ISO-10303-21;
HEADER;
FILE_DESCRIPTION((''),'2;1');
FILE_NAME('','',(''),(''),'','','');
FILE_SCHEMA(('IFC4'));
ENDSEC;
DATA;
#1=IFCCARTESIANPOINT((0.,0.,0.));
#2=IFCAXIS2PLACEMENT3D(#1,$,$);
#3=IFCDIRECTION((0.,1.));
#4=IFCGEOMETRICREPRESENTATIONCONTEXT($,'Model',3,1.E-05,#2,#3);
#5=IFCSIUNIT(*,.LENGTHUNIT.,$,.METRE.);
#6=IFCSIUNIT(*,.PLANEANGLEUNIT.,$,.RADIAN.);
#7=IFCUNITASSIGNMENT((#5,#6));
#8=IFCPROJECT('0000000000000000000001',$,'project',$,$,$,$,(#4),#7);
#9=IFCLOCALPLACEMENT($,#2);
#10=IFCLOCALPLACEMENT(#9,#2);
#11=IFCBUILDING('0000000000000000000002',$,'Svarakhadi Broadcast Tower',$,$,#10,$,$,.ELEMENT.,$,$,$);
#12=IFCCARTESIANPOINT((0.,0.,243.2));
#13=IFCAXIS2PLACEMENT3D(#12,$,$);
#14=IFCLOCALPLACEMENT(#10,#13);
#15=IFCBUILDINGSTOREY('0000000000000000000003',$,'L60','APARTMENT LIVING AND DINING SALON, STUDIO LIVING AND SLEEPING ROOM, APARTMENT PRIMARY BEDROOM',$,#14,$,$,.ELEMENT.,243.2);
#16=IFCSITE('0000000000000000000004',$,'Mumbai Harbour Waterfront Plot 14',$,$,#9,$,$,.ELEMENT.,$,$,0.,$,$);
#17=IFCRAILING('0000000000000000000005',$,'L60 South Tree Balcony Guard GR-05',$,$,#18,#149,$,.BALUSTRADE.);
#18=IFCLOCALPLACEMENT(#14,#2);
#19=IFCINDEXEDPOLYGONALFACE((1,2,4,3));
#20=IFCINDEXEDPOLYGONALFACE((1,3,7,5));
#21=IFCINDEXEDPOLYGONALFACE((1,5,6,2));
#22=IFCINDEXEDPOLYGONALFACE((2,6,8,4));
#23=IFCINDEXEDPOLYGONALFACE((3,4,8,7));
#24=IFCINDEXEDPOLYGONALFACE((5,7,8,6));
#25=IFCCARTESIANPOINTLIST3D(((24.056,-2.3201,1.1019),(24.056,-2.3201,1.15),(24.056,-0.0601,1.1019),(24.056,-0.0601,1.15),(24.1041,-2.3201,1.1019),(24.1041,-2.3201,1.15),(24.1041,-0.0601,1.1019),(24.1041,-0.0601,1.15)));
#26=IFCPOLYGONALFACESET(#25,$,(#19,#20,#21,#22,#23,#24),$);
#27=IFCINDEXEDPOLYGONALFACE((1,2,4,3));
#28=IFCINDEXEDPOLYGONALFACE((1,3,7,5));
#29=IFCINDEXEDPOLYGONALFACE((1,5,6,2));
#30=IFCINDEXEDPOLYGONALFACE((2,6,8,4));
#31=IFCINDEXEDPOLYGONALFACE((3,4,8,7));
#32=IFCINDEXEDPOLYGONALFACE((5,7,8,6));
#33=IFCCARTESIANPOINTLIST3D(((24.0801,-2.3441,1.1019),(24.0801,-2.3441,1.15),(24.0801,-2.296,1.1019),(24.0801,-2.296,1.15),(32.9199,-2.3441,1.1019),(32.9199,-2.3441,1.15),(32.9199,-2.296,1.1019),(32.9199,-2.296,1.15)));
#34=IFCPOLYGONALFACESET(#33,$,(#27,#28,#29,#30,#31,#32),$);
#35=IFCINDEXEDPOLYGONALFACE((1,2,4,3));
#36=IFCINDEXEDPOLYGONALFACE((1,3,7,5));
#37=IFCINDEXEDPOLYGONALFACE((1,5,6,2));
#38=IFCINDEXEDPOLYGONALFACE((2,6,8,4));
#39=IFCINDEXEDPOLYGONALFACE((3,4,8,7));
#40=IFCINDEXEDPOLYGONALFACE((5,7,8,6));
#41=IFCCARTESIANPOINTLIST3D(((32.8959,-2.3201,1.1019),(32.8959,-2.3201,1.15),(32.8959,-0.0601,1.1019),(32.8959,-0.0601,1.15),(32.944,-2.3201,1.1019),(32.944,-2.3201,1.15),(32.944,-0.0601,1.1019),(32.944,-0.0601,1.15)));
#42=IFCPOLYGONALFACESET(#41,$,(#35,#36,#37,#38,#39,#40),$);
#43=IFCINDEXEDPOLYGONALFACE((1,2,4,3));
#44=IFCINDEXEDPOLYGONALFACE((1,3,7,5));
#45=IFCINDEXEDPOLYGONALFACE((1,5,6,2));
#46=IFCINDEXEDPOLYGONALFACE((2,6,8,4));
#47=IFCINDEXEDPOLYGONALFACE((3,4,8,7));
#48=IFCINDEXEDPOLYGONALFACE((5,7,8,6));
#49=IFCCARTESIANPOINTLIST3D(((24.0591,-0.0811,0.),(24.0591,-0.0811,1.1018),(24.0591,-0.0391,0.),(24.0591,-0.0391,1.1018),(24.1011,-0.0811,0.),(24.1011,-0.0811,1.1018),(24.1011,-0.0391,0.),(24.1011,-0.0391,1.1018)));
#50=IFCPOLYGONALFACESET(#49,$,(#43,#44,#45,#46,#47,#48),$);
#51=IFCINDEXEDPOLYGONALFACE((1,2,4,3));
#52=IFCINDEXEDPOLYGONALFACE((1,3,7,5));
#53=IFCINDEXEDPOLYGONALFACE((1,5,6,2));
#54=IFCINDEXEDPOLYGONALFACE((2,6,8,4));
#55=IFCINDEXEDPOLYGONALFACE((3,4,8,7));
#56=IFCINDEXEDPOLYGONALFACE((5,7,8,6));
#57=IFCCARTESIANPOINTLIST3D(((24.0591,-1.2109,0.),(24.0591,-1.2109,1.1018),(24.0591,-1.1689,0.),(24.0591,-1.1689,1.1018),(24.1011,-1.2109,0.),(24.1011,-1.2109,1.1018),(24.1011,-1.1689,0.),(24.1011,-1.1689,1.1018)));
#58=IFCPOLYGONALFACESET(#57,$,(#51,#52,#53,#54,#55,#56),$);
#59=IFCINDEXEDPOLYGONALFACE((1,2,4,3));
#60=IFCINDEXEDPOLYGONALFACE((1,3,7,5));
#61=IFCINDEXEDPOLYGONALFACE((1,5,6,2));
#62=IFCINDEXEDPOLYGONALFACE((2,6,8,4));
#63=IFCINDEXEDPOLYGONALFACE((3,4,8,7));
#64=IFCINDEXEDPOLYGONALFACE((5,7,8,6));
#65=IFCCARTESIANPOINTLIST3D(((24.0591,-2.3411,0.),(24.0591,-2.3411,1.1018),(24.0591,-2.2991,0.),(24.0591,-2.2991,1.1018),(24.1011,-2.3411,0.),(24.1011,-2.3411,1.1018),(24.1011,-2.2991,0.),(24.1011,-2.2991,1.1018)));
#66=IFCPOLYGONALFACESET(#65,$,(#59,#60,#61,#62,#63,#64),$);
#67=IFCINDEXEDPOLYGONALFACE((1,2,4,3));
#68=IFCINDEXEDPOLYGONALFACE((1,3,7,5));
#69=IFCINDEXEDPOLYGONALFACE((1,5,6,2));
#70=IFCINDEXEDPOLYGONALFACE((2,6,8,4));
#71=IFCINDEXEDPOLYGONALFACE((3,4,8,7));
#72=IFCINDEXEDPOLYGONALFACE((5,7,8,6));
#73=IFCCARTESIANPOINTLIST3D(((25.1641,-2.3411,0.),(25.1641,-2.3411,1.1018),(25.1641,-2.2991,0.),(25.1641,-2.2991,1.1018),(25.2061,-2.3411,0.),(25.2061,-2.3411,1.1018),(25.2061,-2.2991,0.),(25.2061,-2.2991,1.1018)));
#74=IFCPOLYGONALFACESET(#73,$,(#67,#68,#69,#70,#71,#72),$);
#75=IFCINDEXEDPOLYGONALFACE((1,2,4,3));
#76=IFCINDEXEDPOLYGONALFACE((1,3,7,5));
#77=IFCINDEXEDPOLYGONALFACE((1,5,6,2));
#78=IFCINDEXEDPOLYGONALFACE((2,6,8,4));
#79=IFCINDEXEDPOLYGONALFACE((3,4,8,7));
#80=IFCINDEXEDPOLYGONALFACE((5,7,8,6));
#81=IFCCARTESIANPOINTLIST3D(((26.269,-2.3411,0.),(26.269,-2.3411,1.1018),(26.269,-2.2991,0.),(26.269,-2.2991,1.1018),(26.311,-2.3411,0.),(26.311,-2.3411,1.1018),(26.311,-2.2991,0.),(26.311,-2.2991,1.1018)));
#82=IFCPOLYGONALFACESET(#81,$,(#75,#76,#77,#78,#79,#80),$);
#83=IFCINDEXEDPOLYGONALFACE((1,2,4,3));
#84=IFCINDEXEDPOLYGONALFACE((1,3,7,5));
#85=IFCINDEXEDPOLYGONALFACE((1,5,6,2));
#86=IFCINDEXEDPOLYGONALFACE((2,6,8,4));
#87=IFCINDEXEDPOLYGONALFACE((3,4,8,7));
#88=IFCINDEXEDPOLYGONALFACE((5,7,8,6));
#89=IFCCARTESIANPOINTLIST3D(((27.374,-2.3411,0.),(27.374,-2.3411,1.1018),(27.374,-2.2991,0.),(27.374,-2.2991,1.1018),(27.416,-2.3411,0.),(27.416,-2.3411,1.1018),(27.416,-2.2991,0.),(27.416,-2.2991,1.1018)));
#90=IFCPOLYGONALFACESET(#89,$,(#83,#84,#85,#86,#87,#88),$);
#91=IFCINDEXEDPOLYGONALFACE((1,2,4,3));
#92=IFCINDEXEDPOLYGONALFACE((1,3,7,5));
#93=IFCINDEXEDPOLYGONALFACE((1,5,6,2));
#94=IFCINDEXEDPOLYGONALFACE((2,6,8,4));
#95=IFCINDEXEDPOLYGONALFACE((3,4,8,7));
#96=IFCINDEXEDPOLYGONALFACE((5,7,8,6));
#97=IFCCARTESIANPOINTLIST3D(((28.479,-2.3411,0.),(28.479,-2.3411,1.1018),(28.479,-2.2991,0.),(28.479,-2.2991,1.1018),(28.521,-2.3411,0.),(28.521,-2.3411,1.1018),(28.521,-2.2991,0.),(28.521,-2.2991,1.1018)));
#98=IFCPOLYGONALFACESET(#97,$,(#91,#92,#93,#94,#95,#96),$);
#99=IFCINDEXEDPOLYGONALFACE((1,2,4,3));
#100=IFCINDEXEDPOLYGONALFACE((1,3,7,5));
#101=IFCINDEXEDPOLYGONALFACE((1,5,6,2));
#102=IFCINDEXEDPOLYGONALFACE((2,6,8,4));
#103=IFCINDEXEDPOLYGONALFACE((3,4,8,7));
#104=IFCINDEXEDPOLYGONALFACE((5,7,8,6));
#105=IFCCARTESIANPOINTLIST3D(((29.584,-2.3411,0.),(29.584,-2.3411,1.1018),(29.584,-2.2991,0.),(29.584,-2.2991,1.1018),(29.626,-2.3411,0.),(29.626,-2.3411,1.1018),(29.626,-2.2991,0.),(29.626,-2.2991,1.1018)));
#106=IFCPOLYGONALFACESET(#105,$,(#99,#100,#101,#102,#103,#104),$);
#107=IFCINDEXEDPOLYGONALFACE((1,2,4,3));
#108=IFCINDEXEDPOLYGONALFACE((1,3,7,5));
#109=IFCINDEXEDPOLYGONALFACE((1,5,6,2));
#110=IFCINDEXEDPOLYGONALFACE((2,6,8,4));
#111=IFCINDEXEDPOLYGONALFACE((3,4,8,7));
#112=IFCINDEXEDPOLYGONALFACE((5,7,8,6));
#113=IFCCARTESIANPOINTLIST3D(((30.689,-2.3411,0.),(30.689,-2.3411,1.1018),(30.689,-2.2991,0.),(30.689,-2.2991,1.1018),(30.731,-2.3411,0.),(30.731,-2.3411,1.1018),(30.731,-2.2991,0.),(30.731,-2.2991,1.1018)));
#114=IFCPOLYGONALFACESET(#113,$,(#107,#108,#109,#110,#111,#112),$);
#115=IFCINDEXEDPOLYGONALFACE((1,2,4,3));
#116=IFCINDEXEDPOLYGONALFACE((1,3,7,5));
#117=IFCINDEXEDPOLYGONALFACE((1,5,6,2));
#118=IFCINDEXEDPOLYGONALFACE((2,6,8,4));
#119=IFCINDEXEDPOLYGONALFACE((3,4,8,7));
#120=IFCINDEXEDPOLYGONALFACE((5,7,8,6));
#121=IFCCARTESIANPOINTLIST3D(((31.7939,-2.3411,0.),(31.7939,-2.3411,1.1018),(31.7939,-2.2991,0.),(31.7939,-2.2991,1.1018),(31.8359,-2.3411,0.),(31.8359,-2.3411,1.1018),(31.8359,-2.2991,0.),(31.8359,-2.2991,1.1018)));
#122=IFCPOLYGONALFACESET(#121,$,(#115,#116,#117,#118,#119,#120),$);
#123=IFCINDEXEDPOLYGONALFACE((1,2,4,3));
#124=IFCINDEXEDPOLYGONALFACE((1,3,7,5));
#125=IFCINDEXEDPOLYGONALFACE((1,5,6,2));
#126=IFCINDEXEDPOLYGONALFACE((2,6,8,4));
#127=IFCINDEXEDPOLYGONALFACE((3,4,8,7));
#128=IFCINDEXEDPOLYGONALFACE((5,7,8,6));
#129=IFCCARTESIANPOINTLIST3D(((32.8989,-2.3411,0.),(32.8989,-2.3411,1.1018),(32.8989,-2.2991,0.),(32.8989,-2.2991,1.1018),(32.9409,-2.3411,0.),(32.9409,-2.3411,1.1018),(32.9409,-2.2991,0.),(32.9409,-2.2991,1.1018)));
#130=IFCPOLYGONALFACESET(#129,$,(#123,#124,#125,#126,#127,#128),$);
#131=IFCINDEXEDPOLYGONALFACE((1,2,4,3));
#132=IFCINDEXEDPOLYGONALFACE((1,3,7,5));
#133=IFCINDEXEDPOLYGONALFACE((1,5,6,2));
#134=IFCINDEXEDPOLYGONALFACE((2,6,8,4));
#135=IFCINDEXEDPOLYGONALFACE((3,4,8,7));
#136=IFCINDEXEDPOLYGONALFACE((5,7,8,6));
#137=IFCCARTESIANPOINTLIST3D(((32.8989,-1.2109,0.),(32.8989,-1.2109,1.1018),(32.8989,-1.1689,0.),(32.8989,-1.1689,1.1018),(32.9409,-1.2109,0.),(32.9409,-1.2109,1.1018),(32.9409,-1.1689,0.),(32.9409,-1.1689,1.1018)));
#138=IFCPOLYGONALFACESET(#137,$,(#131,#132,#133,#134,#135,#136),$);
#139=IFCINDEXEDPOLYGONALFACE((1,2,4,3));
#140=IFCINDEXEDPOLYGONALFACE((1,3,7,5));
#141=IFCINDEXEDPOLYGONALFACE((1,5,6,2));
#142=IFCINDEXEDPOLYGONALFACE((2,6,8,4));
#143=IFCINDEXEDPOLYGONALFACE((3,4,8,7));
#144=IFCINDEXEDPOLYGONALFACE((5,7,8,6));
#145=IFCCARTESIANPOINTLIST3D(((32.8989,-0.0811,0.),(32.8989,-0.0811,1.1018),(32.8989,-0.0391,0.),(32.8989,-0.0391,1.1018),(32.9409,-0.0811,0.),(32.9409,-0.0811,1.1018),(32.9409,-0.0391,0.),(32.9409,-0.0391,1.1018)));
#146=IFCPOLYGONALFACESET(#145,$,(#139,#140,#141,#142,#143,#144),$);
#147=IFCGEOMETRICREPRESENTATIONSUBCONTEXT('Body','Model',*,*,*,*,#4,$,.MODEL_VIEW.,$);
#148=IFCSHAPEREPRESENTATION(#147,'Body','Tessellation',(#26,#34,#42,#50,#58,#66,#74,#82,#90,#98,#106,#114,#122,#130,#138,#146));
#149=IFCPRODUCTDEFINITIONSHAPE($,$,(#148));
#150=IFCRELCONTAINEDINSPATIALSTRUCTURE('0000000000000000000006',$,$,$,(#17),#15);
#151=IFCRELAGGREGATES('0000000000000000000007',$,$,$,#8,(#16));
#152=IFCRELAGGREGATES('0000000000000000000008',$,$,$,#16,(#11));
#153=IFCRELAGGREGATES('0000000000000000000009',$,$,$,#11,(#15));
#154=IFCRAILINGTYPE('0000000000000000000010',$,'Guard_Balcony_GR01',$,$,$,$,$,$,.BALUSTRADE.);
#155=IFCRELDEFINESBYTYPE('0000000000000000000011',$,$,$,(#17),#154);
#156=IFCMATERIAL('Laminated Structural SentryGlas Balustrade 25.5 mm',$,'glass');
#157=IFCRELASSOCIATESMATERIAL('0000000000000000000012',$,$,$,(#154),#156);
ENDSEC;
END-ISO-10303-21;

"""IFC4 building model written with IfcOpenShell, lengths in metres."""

from ifc_helpers import new_model, si_unit, direction, frame, origin, origin_2d, place, context, subcontext, project, spatial, rectangle, extrude, material, type_object, element, save


model = new_model("IFC4")

# Units and contexts
model_context = context("Model", 3, precision=1e-05, world=origin(), true_north=direction((0.0, 1.0)))
body_context = subcontext(model_context, "Body", "Model", "MODEL_VIEW")
ifc_project = project(units=[si_unit("LENGTHUNIT", "METRE"), si_unit("PLANEANGLEUNIT", "RADIAN")], contexts=[model_context])

# Site, building, storey
site_placement = place(None, origin())
site = spatial("IfcSite", under=ifc_project, at=site_placement, Name="Mumbai Harbour Waterfront Plot 14", CompositionType="ELEMENT", RefElevation=0.0)
building_placement = place(site_placement, origin())
building = spatial("IfcBuilding", under=site, at=building_placement, Name="Svarakhadi Broadcast Tower", CompositionType="ELEMENT")
storey_placement = place(building_placement, frame((0.0, 0.0, 243.2)))
storey = spatial("IfcBuildingStorey", under=building, at=storey_placement, Name="L60", Description="APARTMENT LIVING AND DINING SALON, STUDIO LIVING AND SLEEPING ROOM, APARTMENT PRIMARY BEDROOM", CompositionType="ELEMENT", Elevation=243.2)

# Railing
ifc_material_1 = material(Name="Laminated Structural SentryGlas Balustrade 25.5 mm", Category="glass")
railing_type = type_object("IfcRailingType", Name="Guard_Balcony_GR01", PredefinedType="BALUSTRADE", material=ifc_material_1)
railing_placement = place(storey_placement, frame((24.0801, -0.0601, 0.0)))
element("IfcRailing", 1, at=railing_placement, inside=storey, type_object=railing_type, Name="L60 South Tree Balcony Guard GR-05", PredefinedType="BALUSTRADE", context=body_context, shape_type="SweptSolid", body=[
    extrude(rectangle(XDim=0.0481, YDim=0.0481, at=origin_2d()), frame((0.0, 0.0, 1.126), z_axis=(0.0, -1.0, 0.0), x_axis=(1.0, 0.0, 0.0)), (0.0, 0.0, 1.0), 2.26),
    extrude(rectangle(XDim=0.0481, YDim=0.0481, at=origin_2d()), frame((0.0, -2.26, 1.126), z_axis=(1.0, 0.0, 0.0), x_axis=(0.0, 1.0, 0.0)), (0.0, 0.0, 1.0), 8.8398),
    extrude(rectangle(XDim=0.0481, YDim=0.0481, at=origin_2d()), frame((8.8398, -2.26, 1.126), z_axis=(0.0, 1.0, 0.0), x_axis=(-1.0, 0.0, 0.0)), (0.0, 0.0, 1.0), 2.26),
    extrude(rectangle(XDim=0.042, YDim=0.042, at=origin_2d()), origin(), (0.0, 0.0, 1.0), 1.1018),
    extrude(rectangle(XDim=0.042, YDim=0.042, at=origin_2d()), frame((0.0, -1.1299, 0.0)), (0.0, 0.0, 1.0), 1.1018),
    extrude(rectangle(XDim=0.042, YDim=0.042, at=origin_2d()), frame((0.0, -2.26, 0.0)), (0.0, 0.0, 1.0), 1.1018),
    extrude(rectangle(XDim=0.042, YDim=0.042, at=origin_2d()), frame((1.105, -2.26, 0.0)), (0.0, 0.0, 1.0), 1.1018),
    extrude(rectangle(XDim=0.042, YDim=0.042, at=origin_2d()), frame((2.21, -2.26, 0.0)), (0.0, 0.0, 1.0), 1.1018),
    extrude(rectangle(XDim=0.042, YDim=0.042, at=origin_2d()), frame((3.3149, -2.26, 0.0)), (0.0, 0.0, 1.0), 1.1018),
    extrude(rectangle(XDim=0.042, YDim=0.042, at=origin_2d()), frame((4.4199, -2.26, 0.0)), (0.0, 0.0, 1.0), 1.1018),
    extrude(rectangle(XDim=0.042, YDim=0.042, at=origin_2d()), frame((5.5249, -2.26, 0.0)), (0.0, 0.0, 1.0), 1.1018),
    extrude(rectangle(XDim=0.042, YDim=0.042, at=origin_2d()), frame((6.6299, -2.26, 0.0)), (0.0, 0.0, 1.0), 1.1018),
    extrude(rectangle(XDim=0.042, YDim=0.042, at=origin_2d()), frame((7.7349, -2.26, 0.0)), (0.0, 0.0, 1.0), 1.1018),
    extrude(rectangle(XDim=0.042, YDim=0.042, at=origin_2d()), frame((8.8398, -2.26, 0.0)), (0.0, 0.0, 1.0), 1.1018),
    extrude(rectangle(XDim=0.042, YDim=0.042, at=origin_2d()), frame((8.8398, -1.1299, 0.0)), (0.0, 0.0, 1.0), 1.1018),
    extrude(rectangle(XDim=0.042, YDim=0.042, at=origin_2d()), frame((8.8398, 0.0, 0.0)), (0.0, 0.0, 1.0), 1.1018),
])

save(model, "model.ifc")
